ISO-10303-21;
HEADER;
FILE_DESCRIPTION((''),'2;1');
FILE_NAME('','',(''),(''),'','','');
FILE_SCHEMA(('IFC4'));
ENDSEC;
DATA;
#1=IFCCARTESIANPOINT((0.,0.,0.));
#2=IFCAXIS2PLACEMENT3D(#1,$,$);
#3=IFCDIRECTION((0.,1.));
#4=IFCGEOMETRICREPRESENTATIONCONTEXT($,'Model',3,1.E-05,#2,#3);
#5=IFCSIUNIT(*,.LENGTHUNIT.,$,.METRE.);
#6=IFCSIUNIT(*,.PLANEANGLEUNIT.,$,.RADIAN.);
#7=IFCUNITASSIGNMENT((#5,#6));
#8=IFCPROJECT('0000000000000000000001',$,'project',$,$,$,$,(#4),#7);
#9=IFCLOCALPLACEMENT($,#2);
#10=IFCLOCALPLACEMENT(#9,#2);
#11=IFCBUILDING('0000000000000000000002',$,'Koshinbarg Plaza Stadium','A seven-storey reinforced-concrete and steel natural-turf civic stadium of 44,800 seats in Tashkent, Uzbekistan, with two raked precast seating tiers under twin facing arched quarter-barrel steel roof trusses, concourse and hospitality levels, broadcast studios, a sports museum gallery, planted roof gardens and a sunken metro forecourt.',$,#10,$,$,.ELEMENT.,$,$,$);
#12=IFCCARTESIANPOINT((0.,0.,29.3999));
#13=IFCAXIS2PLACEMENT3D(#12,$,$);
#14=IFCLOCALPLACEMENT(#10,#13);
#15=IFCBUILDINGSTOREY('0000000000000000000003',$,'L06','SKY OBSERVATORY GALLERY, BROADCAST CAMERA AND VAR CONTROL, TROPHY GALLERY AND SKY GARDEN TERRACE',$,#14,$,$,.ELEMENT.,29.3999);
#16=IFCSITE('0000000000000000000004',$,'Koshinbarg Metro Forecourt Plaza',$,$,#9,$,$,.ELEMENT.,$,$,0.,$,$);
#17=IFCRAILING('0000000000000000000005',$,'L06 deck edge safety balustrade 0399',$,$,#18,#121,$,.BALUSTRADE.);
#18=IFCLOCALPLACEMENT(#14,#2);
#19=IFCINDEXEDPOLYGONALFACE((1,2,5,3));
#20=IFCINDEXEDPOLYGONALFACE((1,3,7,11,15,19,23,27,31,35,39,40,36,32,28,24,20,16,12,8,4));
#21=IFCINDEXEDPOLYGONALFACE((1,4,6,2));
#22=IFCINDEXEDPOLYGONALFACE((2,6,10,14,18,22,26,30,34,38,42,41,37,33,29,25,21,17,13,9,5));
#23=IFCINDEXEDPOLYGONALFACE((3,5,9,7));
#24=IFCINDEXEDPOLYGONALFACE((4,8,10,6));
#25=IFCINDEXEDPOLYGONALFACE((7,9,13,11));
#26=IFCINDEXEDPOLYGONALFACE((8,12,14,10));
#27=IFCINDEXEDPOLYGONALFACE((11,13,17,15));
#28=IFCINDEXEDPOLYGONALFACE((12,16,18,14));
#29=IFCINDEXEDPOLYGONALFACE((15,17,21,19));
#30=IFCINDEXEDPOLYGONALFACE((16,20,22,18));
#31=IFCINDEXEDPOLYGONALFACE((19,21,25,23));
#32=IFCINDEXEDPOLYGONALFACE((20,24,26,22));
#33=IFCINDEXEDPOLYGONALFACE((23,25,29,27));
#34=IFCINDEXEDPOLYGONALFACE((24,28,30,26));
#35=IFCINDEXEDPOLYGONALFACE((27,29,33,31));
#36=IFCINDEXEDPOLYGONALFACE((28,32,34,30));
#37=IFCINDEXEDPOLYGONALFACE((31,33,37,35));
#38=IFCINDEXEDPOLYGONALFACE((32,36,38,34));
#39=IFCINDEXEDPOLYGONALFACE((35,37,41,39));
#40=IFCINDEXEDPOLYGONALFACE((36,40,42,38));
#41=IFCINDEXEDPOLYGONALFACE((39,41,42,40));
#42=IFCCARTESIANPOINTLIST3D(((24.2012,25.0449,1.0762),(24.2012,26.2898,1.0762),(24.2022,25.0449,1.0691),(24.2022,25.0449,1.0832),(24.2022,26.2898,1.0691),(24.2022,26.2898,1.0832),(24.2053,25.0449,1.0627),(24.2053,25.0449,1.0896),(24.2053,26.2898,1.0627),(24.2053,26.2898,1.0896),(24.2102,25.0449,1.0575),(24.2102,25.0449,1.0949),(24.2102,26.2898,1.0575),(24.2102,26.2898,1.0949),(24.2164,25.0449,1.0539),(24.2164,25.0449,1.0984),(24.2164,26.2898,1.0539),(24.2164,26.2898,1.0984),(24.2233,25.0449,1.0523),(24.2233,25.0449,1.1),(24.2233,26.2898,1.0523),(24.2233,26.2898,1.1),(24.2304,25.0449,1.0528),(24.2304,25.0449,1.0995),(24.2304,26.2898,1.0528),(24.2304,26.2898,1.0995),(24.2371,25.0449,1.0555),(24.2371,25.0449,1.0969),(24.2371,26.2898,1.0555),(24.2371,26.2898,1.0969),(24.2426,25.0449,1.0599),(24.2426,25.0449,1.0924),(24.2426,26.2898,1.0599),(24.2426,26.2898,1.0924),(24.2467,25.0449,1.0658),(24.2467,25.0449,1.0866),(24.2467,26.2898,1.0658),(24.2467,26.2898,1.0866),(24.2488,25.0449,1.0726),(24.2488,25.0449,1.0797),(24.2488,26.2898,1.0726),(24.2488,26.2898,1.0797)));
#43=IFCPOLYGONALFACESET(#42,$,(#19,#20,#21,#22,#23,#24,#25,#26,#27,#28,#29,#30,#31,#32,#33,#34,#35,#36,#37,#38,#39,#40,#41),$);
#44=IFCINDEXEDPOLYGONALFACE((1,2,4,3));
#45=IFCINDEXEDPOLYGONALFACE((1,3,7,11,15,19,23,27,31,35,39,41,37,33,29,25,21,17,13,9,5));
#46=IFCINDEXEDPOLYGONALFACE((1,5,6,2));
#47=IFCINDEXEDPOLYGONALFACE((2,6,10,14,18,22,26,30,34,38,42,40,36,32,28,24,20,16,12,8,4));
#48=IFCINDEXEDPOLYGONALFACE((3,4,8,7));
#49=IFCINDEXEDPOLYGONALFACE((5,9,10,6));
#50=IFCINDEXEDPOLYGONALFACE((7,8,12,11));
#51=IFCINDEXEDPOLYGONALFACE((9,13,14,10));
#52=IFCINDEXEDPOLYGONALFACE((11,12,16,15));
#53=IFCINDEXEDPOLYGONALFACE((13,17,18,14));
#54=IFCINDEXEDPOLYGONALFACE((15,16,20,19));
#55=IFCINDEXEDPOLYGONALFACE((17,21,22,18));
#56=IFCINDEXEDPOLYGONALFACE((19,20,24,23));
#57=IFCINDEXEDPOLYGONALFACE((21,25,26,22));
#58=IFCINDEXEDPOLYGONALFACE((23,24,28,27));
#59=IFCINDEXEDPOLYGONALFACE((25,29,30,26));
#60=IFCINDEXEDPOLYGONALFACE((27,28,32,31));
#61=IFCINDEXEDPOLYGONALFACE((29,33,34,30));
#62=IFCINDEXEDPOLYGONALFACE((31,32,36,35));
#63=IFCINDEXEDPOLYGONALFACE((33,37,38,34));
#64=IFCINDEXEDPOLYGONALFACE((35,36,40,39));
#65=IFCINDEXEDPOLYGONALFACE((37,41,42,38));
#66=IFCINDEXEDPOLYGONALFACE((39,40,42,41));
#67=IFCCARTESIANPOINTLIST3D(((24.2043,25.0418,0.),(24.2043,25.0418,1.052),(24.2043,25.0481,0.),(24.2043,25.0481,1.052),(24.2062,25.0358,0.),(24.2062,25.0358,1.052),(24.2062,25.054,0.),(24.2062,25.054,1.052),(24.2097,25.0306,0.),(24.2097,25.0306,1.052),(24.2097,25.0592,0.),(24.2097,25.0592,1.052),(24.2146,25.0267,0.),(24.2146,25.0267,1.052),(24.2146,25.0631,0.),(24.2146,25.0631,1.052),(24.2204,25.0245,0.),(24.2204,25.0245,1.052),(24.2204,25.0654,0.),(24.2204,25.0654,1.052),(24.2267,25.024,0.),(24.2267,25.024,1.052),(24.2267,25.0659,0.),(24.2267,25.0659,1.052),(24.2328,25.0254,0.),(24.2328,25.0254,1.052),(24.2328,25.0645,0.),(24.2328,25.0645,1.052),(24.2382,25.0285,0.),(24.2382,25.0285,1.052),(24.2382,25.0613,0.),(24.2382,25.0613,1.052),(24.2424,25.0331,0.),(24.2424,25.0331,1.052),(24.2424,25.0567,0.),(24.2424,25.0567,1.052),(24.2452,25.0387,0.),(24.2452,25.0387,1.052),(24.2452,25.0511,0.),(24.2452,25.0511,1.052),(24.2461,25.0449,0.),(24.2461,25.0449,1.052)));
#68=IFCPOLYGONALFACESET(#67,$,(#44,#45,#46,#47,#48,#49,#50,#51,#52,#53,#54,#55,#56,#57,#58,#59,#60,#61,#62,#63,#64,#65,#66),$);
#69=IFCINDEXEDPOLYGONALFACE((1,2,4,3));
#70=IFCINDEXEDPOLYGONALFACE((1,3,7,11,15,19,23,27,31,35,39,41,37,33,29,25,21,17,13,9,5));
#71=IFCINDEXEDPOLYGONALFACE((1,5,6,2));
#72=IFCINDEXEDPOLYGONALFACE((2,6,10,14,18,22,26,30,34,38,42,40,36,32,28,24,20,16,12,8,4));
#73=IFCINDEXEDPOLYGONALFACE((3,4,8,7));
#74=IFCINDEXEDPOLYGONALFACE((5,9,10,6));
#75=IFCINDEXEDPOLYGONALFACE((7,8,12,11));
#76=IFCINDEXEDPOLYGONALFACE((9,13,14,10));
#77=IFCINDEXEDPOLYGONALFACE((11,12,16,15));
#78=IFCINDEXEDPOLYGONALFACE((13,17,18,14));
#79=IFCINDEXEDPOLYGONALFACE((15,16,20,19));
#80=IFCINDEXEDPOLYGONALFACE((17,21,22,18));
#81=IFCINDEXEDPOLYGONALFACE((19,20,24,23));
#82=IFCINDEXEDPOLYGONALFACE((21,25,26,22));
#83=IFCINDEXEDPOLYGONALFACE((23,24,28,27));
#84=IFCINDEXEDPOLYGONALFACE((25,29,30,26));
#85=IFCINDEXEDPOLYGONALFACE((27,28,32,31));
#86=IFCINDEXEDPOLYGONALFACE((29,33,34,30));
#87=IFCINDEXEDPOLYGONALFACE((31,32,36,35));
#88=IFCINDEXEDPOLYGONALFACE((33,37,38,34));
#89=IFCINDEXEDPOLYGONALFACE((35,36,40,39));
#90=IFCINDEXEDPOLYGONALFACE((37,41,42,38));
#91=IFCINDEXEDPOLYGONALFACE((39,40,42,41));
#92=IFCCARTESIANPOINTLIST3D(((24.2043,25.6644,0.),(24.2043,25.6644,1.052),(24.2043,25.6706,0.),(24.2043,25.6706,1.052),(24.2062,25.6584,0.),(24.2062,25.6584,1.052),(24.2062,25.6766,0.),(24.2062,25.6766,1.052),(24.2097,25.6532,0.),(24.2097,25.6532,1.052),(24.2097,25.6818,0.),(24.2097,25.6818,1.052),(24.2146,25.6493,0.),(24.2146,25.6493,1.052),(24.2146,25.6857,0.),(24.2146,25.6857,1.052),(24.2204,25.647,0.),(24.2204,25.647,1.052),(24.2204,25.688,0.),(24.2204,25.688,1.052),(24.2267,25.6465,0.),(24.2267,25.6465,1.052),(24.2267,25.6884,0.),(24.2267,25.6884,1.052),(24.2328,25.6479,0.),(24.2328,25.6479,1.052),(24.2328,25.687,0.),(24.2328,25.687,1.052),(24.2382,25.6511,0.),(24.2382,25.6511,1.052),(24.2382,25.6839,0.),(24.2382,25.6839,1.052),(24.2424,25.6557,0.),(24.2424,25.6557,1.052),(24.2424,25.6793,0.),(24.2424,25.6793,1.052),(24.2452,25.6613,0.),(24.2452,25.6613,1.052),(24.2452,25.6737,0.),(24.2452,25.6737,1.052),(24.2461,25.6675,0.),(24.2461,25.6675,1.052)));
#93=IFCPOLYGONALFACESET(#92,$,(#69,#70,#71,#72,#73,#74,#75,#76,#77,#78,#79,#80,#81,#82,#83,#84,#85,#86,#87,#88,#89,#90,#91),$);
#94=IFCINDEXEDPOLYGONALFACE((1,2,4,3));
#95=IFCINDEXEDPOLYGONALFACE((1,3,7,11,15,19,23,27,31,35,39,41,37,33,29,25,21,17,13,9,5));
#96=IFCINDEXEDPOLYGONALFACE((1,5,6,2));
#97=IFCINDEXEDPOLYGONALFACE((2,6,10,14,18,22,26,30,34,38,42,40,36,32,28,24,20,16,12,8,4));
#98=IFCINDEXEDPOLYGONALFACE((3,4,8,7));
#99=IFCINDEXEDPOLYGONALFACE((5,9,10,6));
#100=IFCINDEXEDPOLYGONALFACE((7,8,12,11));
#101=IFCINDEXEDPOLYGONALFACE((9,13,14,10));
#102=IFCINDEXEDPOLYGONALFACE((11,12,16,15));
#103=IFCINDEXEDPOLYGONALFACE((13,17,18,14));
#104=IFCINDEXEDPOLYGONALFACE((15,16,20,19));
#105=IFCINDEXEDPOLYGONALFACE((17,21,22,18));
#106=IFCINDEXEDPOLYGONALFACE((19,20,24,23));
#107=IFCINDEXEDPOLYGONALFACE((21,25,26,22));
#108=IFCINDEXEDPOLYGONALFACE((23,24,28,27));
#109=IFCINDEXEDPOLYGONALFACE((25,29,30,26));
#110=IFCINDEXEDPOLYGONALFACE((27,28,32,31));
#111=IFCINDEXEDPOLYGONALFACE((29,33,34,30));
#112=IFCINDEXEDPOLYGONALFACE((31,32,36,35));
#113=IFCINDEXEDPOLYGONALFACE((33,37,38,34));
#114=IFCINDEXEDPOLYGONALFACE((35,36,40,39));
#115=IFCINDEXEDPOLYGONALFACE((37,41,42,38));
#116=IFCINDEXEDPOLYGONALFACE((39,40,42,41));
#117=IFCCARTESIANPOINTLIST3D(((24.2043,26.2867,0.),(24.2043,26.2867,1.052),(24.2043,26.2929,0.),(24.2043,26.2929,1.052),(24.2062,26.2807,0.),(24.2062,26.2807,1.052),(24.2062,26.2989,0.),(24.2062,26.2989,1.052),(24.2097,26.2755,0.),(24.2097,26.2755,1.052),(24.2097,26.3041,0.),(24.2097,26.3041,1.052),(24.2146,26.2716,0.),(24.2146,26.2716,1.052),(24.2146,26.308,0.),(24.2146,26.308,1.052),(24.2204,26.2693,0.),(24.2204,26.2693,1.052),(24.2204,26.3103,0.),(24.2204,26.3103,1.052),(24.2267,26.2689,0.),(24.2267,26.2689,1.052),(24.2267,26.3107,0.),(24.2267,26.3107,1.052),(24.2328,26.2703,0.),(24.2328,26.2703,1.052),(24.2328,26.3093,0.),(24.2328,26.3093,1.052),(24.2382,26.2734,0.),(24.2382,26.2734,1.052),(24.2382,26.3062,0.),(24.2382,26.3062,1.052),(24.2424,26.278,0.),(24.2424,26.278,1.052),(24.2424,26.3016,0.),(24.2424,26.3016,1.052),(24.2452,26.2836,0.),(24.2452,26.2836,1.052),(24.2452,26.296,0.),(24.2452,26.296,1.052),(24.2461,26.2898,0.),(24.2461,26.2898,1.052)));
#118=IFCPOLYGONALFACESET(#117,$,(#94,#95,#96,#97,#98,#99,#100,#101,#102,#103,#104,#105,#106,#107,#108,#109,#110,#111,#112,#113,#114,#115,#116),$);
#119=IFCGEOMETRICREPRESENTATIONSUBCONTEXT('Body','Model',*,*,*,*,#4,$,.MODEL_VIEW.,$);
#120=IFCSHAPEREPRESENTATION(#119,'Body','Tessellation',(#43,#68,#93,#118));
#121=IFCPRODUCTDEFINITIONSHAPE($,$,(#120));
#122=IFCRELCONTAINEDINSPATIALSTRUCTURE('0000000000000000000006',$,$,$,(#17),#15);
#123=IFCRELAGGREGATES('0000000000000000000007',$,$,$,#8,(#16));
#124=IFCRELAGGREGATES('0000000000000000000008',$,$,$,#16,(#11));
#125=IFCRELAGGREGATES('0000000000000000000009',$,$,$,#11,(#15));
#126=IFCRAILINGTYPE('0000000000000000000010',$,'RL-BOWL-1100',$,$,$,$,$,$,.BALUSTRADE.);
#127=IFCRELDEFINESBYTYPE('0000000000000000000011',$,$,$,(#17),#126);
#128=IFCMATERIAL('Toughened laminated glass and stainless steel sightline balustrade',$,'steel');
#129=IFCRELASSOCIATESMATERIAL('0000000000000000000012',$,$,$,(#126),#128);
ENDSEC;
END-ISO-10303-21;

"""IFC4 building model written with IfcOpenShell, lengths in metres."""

from ifc_helpers import new_model, si_unit, direction, frame, origin, origin_2d, place, context, subcontext, project, spatial, circle, extrude, material, type_object, element, save


model = new_model("IFC4")

# Units and contexts
model_context = context("Model", 3, precision=1e-05, world=origin(), true_north=direction((0.0, 1.0)))
body_context = subcontext(model_context, "Body", "Model", "MODEL_VIEW")
ifc_project = project(units=[si_unit("LENGTHUNIT", "METRE"), si_unit("PLANEANGLEUNIT", "RADIAN")], contexts=[model_context])

# Site, building, storey
site_placement = place(None, origin())
site = spatial("IfcSite", under=ifc_project, at=site_placement, Name="Koshinbarg Metro Forecourt Plaza", CompositionType="ELEMENT", RefElevation=0.0)
building_placement = place(site_placement, origin())
building = spatial("IfcBuilding", under=site, at=building_placement, Name="Koshinbarg Plaza Stadium", Description="A seven-storey reinforced-concrete and steel natural-turf civic stadium of 44,800 seats in Tashkent, Uzbekistan, with two raked precast seating tiers under twin facing arched quarter-barrel steel roof trusses, concourse and hospitality levels, broadcast studios, a sports museum gallery, planted roof gardens and a sunken metro forecourt.", CompositionType="ELEMENT")
storey_placement = place(building_placement, frame((0.0, 0.0, 29.3999)))
storey = spatial("IfcBuildingStorey", under=building, at=storey_placement, Name="L06", Description="SKY OBSERVATORY GALLERY, BROADCAST CAMERA AND VAR CONTROL, TROPHY GALLERY AND SKY GARDEN TERRACE", CompositionType="ELEMENT", Elevation=29.3999)

# Railing
ifc_material_1 = material(Name="Toughened laminated glass and stainless steel sightline balustrade", Category="steel")
railing_type = type_object("IfcRailingType", Name="RL-BOWL-1100", PredefinedType="BALUSTRADE", material=ifc_material_1)
railing_placement = place(storey_placement, frame((24.2251, 25.0449, 0.0)))
element("IfcRailing", 1, at=railing_placement, inside=storey, type_object=railing_type, Name="L06 deck edge safety balustrade 0399", PredefinedType="BALUSTRADE", context=body_context, shape_type="SweptSolid", body=[
    extrude(circle(Radius=0.0239, at=origin_2d()), frame((0.0, 0.0, 1.0762), z_axis=(0.0, 1.0, 0.0), x_axis=(-1.0, 0.0, 0.0)), (0.0, 0.0, 1.0), 1.2449),
    extrude(circle(Radius=0.021, at=origin_2d()), origin(), (0.0, 0.0, 1.0), 1.052),
    extrude(circle(Radius=0.021, at=origin_2d()), frame((0.0, 0.6226, 0.0)), (0.0, 0.0, 1.0), 1.052),
    extrude(circle(Radius=0.021, at=origin_2d()), frame((0.0, 1.2449, 0.0)), (0.0, 0.0, 1.0), 1.052),
])

save(model, "model.ifc")
